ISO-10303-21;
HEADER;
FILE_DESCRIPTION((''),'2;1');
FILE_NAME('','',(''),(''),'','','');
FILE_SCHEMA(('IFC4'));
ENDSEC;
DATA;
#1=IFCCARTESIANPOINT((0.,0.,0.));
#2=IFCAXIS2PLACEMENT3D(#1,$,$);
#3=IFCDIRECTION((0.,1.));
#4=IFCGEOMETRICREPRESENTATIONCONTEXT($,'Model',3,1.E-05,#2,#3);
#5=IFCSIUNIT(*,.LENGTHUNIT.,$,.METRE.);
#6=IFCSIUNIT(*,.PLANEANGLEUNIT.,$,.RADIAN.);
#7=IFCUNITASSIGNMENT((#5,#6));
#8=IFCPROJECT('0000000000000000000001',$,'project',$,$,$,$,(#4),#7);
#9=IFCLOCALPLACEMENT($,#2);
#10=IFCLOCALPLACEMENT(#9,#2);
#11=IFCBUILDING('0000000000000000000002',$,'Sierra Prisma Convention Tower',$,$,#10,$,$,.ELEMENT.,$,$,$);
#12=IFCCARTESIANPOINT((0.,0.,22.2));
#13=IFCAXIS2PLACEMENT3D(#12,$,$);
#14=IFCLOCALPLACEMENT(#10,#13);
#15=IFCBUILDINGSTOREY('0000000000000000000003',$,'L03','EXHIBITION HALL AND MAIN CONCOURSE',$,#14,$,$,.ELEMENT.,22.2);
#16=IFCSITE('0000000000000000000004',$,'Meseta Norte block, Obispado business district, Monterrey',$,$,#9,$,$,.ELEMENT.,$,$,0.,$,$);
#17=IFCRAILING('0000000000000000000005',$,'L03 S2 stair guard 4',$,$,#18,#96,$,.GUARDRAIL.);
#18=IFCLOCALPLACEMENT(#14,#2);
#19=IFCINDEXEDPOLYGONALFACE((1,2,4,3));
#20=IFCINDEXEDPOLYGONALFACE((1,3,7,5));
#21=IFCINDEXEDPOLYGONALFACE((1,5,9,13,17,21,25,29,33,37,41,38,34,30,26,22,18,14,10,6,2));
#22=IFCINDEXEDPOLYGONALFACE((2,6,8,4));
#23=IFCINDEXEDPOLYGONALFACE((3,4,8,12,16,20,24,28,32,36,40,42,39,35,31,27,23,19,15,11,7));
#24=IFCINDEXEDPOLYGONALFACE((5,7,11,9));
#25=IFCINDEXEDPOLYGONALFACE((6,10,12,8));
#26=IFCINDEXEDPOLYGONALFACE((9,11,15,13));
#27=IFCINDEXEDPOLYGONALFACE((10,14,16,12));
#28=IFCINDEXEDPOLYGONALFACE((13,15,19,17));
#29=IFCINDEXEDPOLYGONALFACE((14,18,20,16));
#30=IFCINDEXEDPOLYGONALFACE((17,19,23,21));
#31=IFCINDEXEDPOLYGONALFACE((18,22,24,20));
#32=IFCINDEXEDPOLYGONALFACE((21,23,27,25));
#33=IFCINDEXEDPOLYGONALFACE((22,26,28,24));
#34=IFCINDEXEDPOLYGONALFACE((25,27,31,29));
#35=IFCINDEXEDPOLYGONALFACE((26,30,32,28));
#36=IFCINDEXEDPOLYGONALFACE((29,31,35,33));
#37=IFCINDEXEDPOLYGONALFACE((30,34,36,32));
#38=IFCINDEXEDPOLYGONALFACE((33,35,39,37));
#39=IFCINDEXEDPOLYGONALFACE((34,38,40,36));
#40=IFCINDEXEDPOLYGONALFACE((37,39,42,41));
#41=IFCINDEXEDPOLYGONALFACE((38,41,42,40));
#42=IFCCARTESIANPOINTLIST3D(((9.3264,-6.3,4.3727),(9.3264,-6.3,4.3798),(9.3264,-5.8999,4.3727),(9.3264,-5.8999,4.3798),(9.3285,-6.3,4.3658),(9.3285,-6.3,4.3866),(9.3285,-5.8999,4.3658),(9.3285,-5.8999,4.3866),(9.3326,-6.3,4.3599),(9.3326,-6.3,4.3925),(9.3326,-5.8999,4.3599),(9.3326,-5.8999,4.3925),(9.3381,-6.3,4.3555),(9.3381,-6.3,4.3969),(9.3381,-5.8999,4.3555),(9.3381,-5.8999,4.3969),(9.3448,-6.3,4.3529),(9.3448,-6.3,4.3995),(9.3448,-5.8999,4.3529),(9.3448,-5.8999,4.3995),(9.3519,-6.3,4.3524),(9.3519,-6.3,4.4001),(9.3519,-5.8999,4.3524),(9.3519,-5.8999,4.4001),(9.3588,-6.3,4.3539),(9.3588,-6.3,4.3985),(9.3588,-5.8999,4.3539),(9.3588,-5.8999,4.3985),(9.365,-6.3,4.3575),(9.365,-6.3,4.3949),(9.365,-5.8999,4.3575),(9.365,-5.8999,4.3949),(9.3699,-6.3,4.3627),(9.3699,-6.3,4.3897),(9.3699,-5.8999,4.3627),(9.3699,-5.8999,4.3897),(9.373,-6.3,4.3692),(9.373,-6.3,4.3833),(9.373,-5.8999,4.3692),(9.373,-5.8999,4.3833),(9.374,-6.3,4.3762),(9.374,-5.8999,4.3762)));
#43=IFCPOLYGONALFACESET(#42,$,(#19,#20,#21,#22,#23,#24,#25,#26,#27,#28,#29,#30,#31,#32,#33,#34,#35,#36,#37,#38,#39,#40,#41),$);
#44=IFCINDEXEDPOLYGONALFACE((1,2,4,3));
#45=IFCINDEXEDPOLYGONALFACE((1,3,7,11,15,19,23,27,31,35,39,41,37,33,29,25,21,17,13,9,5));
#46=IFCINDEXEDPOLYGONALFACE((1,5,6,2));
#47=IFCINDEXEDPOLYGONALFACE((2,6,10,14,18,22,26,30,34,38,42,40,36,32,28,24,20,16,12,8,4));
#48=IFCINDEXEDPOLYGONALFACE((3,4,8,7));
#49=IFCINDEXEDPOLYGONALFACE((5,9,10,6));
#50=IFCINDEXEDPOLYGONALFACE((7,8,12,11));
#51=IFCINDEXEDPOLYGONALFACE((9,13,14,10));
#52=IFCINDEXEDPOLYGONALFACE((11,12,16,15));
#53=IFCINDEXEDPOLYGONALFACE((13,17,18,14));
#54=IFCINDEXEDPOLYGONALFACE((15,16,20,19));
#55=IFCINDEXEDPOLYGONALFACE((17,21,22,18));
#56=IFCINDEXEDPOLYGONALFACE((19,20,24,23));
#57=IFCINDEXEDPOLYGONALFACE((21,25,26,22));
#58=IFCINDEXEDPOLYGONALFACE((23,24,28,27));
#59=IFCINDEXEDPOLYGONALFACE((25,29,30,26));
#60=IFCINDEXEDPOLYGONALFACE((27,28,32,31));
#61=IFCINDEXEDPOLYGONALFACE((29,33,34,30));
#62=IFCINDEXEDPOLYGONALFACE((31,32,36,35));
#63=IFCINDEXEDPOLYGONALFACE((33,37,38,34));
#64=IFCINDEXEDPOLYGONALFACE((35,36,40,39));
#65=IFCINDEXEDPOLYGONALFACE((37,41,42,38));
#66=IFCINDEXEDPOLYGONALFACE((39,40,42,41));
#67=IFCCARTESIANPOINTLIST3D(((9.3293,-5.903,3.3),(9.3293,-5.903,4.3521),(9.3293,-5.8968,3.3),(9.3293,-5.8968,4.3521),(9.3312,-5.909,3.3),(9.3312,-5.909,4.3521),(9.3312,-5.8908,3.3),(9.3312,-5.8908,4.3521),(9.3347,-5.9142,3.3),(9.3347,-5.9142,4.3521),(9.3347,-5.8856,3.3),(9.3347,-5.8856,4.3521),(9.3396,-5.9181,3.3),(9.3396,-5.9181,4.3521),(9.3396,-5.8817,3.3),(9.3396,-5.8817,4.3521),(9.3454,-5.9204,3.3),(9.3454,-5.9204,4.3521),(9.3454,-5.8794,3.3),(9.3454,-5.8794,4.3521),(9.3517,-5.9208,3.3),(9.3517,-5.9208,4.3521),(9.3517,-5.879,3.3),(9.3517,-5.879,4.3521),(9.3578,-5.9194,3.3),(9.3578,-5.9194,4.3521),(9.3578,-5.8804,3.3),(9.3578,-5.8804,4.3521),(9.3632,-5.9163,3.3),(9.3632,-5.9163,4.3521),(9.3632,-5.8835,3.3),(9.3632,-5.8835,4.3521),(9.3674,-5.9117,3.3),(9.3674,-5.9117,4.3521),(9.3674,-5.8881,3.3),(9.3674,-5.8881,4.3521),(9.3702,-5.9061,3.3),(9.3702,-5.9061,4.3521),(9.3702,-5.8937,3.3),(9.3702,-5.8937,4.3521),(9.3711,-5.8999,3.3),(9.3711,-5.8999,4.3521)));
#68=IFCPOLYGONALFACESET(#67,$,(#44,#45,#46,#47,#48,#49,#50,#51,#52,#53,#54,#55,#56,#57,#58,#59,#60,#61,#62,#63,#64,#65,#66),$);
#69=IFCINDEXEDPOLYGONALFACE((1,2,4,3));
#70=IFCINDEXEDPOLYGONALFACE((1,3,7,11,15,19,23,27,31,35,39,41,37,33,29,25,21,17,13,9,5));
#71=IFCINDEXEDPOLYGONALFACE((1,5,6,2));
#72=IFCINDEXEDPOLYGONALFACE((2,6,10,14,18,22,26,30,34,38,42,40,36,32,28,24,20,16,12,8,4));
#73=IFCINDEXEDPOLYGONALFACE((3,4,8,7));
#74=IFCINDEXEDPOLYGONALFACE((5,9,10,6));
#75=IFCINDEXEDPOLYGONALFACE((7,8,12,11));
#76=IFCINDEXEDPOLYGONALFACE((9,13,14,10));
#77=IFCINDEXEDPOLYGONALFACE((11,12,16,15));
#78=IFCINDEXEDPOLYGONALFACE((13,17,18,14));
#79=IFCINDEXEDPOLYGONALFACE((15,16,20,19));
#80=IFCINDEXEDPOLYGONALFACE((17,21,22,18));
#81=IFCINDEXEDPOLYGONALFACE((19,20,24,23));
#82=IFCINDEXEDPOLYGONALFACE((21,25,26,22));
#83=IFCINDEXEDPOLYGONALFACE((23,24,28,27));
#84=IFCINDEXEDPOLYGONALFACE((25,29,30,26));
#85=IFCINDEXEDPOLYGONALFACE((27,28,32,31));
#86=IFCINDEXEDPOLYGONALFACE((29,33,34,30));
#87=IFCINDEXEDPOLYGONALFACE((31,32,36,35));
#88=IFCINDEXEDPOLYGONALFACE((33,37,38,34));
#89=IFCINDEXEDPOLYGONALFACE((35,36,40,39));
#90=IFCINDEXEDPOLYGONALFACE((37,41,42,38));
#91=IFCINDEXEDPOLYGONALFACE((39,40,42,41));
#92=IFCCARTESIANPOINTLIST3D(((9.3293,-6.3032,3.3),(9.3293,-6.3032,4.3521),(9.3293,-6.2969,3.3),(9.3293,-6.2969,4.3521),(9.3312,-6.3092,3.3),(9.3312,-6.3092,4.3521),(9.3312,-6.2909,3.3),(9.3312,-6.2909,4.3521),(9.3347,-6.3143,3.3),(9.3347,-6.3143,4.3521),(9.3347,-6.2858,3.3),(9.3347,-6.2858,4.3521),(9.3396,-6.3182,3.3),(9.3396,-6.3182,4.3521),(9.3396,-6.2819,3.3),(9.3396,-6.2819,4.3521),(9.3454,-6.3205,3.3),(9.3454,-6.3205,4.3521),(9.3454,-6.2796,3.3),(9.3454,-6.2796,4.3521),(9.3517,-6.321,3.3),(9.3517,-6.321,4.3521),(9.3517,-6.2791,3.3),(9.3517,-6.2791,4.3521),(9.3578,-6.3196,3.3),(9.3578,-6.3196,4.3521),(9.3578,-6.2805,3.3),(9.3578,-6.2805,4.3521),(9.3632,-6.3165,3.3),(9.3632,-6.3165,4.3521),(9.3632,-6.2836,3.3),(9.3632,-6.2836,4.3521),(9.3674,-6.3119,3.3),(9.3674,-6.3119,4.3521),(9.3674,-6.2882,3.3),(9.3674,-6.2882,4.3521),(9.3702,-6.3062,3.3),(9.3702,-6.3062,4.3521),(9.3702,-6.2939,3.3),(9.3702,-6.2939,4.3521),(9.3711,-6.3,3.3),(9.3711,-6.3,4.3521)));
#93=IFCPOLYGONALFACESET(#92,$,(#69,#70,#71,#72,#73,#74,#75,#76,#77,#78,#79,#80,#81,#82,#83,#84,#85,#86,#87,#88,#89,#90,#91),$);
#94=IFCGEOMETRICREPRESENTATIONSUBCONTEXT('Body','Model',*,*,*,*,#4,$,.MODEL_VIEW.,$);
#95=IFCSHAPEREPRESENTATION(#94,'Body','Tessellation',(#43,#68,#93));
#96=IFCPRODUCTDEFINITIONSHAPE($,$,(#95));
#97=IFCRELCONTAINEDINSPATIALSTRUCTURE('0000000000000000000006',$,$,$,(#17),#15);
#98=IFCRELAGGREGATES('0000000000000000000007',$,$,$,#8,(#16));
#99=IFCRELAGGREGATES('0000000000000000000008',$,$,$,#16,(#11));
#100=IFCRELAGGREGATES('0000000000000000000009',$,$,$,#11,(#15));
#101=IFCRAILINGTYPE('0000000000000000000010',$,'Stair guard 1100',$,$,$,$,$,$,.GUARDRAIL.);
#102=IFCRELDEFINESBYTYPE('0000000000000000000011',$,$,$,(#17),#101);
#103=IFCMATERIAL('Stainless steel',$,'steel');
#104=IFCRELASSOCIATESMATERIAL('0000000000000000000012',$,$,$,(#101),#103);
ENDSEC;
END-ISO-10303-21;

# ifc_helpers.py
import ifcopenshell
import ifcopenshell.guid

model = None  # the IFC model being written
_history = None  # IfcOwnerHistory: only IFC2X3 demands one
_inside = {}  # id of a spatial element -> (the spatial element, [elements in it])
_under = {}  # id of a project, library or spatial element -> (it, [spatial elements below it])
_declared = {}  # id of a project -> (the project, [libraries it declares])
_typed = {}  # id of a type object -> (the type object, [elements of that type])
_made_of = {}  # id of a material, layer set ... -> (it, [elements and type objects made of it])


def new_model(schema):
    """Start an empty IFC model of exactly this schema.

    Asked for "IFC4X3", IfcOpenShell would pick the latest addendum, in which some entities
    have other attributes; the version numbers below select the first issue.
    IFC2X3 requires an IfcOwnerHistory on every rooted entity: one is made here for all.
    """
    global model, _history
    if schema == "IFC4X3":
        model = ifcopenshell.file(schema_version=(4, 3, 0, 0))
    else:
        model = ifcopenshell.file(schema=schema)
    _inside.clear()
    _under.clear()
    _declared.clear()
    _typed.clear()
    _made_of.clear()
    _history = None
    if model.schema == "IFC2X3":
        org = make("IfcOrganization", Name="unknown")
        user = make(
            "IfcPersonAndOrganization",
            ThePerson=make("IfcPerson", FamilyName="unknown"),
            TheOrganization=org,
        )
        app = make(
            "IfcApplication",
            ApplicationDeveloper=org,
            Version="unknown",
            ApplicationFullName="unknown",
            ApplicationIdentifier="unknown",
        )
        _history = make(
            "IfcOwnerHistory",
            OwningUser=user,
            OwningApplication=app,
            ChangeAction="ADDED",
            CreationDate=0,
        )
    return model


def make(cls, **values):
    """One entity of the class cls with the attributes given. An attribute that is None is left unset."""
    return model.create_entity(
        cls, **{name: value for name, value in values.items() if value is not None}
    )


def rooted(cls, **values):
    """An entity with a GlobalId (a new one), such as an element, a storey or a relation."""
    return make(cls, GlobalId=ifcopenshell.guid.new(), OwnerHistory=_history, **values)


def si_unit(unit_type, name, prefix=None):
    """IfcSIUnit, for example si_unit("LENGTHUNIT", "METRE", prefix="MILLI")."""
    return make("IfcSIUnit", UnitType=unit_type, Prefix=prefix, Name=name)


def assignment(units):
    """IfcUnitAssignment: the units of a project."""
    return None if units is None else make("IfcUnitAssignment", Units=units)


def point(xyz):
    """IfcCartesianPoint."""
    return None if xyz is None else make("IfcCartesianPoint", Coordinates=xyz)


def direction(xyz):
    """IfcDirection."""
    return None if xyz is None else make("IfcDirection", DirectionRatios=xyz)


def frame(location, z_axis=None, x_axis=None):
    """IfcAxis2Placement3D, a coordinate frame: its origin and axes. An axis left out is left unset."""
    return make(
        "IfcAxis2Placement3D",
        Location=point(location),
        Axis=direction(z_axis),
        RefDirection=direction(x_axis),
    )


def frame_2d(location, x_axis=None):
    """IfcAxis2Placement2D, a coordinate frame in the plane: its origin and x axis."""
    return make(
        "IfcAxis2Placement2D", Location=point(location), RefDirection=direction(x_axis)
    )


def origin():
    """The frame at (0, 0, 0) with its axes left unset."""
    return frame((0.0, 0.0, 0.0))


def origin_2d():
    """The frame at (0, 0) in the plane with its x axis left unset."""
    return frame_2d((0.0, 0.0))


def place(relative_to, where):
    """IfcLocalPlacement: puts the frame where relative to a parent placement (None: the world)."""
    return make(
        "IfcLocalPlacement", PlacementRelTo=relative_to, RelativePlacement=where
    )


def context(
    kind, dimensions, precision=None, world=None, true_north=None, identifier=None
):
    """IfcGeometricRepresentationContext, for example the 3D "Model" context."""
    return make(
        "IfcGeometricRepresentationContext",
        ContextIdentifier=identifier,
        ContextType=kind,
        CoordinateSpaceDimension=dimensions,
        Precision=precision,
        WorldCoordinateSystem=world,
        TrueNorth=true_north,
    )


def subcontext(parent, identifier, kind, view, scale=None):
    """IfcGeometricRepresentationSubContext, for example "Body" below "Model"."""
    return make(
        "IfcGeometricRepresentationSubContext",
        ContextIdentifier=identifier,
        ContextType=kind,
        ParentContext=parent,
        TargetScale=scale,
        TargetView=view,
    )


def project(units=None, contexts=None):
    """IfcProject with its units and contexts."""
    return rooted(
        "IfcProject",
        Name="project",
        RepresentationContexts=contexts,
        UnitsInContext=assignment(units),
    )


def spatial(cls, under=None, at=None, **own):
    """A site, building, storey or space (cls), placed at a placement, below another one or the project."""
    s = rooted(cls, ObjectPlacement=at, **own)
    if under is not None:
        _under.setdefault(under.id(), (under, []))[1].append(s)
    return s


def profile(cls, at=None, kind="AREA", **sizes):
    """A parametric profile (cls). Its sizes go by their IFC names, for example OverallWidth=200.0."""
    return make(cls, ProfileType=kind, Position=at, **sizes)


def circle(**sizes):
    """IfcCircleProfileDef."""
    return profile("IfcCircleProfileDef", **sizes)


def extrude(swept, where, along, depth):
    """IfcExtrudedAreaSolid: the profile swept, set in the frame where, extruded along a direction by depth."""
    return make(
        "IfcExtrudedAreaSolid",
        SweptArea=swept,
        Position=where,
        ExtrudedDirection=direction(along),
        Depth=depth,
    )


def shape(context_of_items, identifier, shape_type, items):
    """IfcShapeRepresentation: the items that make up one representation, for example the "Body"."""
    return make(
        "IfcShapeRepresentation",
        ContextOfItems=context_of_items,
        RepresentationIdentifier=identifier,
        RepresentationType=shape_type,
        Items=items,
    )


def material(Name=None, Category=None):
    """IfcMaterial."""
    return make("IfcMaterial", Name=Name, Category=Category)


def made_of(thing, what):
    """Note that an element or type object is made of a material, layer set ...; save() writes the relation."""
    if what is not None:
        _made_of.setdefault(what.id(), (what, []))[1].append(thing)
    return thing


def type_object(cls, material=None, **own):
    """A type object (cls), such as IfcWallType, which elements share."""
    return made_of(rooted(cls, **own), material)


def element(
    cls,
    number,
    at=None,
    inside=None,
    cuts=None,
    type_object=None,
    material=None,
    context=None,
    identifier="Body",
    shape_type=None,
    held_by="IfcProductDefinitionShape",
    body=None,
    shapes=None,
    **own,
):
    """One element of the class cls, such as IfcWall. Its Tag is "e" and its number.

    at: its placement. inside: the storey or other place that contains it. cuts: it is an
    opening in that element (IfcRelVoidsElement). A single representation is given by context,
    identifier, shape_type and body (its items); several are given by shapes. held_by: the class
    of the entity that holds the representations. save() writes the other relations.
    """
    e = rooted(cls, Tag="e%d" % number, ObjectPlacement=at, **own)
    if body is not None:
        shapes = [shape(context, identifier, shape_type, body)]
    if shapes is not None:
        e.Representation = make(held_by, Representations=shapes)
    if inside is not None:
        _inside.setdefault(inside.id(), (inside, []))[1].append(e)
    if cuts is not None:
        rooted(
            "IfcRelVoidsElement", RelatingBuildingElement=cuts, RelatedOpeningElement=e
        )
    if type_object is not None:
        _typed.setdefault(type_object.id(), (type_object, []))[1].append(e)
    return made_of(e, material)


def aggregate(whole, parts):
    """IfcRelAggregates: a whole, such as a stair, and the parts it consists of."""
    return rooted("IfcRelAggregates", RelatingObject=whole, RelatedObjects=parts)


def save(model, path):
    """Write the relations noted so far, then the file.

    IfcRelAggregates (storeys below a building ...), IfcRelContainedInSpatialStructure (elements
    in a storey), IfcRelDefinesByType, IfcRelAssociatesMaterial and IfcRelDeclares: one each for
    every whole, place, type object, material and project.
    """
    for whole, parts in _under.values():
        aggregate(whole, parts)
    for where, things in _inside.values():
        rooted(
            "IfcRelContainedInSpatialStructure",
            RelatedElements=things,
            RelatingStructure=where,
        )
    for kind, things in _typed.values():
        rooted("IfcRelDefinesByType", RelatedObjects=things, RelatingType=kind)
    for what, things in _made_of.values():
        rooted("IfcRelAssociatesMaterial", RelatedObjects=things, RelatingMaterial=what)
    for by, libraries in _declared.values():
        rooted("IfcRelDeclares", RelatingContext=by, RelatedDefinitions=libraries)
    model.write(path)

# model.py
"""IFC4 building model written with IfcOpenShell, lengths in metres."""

from ifc_helpers import new_model, si_unit, direction, frame, origin, origin_2d, place, context, subcontext, project, spatial, circle, extrude, material, type_object, element, save


model = new_model("IFC4")

# Units and contexts
model_context = context("Model", 3, precision=1e-05, world=origin(), true_north=direction((0.0, 1.0)))
body_context = subcontext(model_context, "Body", "Model", "MODEL_VIEW")
ifc_project = project(units=[si_unit("LENGTHUNIT", "METRE"), si_unit("PLANEANGLEUNIT", "RADIAN")], contexts=[model_context])

# Site, building, storey
site_placement = place(None, origin())
site = spatial("IfcSite", under=ifc_project, at=site_placement, Name="Meseta Norte block, Obispado business district, Monterrey", CompositionType="ELEMENT", RefElevation=0.0)
building_placement = place(site_placement, origin())
building = spatial("IfcBuilding", under=site, at=building_placement, Name="Sierra Prisma Convention Tower", CompositionType="ELEMENT")
storey_placement = place(building_placement, frame((0.0, 0.0, 22.2)))
storey = spatial("IfcBuildingStorey", under=building, at=storey_placement, Name="L03", Description="EXHIBITION HALL AND MAIN CONCOURSE", CompositionType="ELEMENT", Elevation=22.2)

# Railing
ifc_material_1 = material(Name="Stainless steel", Category="steel")
railing_type_1 = type_object("IfcRailingType", Name="Stair guard 1100", PredefinedType="GUARDRAIL", material=ifc_material_1)
railing_1_placement = place(storey_placement, frame((9.3501, -5.8999, 3.3)))
element("IfcRailing", 1, at=railing_1_placement, inside=storey, type_object=railing_type_1, Name="L03 S2 stair guard 4", PredefinedType="GUARDRAIL", context=body_context, shape_type="SweptSolid", body=[
    extrude(circle(Radius=0.0239, at=origin_2d()), frame((0.0, 0.0, 1.0762), z_axis=(0.0, -1.0, 0.0), x_axis=(1.0, 0.0, 0.0)), (0.0, 0.0, 1.0), 0.4001),
    extrude(circle(Radius=0.021, at=origin_2d()), origin(), (0.0, 0.0, 1.0), 1.052),
    extrude(circle(Radius=0.021, at=origin_2d()), frame((0.0, -0.4001, 0.0)), (0.0, 0.0, 1.0), 1.052),
])

save(model, "model.ifc")
